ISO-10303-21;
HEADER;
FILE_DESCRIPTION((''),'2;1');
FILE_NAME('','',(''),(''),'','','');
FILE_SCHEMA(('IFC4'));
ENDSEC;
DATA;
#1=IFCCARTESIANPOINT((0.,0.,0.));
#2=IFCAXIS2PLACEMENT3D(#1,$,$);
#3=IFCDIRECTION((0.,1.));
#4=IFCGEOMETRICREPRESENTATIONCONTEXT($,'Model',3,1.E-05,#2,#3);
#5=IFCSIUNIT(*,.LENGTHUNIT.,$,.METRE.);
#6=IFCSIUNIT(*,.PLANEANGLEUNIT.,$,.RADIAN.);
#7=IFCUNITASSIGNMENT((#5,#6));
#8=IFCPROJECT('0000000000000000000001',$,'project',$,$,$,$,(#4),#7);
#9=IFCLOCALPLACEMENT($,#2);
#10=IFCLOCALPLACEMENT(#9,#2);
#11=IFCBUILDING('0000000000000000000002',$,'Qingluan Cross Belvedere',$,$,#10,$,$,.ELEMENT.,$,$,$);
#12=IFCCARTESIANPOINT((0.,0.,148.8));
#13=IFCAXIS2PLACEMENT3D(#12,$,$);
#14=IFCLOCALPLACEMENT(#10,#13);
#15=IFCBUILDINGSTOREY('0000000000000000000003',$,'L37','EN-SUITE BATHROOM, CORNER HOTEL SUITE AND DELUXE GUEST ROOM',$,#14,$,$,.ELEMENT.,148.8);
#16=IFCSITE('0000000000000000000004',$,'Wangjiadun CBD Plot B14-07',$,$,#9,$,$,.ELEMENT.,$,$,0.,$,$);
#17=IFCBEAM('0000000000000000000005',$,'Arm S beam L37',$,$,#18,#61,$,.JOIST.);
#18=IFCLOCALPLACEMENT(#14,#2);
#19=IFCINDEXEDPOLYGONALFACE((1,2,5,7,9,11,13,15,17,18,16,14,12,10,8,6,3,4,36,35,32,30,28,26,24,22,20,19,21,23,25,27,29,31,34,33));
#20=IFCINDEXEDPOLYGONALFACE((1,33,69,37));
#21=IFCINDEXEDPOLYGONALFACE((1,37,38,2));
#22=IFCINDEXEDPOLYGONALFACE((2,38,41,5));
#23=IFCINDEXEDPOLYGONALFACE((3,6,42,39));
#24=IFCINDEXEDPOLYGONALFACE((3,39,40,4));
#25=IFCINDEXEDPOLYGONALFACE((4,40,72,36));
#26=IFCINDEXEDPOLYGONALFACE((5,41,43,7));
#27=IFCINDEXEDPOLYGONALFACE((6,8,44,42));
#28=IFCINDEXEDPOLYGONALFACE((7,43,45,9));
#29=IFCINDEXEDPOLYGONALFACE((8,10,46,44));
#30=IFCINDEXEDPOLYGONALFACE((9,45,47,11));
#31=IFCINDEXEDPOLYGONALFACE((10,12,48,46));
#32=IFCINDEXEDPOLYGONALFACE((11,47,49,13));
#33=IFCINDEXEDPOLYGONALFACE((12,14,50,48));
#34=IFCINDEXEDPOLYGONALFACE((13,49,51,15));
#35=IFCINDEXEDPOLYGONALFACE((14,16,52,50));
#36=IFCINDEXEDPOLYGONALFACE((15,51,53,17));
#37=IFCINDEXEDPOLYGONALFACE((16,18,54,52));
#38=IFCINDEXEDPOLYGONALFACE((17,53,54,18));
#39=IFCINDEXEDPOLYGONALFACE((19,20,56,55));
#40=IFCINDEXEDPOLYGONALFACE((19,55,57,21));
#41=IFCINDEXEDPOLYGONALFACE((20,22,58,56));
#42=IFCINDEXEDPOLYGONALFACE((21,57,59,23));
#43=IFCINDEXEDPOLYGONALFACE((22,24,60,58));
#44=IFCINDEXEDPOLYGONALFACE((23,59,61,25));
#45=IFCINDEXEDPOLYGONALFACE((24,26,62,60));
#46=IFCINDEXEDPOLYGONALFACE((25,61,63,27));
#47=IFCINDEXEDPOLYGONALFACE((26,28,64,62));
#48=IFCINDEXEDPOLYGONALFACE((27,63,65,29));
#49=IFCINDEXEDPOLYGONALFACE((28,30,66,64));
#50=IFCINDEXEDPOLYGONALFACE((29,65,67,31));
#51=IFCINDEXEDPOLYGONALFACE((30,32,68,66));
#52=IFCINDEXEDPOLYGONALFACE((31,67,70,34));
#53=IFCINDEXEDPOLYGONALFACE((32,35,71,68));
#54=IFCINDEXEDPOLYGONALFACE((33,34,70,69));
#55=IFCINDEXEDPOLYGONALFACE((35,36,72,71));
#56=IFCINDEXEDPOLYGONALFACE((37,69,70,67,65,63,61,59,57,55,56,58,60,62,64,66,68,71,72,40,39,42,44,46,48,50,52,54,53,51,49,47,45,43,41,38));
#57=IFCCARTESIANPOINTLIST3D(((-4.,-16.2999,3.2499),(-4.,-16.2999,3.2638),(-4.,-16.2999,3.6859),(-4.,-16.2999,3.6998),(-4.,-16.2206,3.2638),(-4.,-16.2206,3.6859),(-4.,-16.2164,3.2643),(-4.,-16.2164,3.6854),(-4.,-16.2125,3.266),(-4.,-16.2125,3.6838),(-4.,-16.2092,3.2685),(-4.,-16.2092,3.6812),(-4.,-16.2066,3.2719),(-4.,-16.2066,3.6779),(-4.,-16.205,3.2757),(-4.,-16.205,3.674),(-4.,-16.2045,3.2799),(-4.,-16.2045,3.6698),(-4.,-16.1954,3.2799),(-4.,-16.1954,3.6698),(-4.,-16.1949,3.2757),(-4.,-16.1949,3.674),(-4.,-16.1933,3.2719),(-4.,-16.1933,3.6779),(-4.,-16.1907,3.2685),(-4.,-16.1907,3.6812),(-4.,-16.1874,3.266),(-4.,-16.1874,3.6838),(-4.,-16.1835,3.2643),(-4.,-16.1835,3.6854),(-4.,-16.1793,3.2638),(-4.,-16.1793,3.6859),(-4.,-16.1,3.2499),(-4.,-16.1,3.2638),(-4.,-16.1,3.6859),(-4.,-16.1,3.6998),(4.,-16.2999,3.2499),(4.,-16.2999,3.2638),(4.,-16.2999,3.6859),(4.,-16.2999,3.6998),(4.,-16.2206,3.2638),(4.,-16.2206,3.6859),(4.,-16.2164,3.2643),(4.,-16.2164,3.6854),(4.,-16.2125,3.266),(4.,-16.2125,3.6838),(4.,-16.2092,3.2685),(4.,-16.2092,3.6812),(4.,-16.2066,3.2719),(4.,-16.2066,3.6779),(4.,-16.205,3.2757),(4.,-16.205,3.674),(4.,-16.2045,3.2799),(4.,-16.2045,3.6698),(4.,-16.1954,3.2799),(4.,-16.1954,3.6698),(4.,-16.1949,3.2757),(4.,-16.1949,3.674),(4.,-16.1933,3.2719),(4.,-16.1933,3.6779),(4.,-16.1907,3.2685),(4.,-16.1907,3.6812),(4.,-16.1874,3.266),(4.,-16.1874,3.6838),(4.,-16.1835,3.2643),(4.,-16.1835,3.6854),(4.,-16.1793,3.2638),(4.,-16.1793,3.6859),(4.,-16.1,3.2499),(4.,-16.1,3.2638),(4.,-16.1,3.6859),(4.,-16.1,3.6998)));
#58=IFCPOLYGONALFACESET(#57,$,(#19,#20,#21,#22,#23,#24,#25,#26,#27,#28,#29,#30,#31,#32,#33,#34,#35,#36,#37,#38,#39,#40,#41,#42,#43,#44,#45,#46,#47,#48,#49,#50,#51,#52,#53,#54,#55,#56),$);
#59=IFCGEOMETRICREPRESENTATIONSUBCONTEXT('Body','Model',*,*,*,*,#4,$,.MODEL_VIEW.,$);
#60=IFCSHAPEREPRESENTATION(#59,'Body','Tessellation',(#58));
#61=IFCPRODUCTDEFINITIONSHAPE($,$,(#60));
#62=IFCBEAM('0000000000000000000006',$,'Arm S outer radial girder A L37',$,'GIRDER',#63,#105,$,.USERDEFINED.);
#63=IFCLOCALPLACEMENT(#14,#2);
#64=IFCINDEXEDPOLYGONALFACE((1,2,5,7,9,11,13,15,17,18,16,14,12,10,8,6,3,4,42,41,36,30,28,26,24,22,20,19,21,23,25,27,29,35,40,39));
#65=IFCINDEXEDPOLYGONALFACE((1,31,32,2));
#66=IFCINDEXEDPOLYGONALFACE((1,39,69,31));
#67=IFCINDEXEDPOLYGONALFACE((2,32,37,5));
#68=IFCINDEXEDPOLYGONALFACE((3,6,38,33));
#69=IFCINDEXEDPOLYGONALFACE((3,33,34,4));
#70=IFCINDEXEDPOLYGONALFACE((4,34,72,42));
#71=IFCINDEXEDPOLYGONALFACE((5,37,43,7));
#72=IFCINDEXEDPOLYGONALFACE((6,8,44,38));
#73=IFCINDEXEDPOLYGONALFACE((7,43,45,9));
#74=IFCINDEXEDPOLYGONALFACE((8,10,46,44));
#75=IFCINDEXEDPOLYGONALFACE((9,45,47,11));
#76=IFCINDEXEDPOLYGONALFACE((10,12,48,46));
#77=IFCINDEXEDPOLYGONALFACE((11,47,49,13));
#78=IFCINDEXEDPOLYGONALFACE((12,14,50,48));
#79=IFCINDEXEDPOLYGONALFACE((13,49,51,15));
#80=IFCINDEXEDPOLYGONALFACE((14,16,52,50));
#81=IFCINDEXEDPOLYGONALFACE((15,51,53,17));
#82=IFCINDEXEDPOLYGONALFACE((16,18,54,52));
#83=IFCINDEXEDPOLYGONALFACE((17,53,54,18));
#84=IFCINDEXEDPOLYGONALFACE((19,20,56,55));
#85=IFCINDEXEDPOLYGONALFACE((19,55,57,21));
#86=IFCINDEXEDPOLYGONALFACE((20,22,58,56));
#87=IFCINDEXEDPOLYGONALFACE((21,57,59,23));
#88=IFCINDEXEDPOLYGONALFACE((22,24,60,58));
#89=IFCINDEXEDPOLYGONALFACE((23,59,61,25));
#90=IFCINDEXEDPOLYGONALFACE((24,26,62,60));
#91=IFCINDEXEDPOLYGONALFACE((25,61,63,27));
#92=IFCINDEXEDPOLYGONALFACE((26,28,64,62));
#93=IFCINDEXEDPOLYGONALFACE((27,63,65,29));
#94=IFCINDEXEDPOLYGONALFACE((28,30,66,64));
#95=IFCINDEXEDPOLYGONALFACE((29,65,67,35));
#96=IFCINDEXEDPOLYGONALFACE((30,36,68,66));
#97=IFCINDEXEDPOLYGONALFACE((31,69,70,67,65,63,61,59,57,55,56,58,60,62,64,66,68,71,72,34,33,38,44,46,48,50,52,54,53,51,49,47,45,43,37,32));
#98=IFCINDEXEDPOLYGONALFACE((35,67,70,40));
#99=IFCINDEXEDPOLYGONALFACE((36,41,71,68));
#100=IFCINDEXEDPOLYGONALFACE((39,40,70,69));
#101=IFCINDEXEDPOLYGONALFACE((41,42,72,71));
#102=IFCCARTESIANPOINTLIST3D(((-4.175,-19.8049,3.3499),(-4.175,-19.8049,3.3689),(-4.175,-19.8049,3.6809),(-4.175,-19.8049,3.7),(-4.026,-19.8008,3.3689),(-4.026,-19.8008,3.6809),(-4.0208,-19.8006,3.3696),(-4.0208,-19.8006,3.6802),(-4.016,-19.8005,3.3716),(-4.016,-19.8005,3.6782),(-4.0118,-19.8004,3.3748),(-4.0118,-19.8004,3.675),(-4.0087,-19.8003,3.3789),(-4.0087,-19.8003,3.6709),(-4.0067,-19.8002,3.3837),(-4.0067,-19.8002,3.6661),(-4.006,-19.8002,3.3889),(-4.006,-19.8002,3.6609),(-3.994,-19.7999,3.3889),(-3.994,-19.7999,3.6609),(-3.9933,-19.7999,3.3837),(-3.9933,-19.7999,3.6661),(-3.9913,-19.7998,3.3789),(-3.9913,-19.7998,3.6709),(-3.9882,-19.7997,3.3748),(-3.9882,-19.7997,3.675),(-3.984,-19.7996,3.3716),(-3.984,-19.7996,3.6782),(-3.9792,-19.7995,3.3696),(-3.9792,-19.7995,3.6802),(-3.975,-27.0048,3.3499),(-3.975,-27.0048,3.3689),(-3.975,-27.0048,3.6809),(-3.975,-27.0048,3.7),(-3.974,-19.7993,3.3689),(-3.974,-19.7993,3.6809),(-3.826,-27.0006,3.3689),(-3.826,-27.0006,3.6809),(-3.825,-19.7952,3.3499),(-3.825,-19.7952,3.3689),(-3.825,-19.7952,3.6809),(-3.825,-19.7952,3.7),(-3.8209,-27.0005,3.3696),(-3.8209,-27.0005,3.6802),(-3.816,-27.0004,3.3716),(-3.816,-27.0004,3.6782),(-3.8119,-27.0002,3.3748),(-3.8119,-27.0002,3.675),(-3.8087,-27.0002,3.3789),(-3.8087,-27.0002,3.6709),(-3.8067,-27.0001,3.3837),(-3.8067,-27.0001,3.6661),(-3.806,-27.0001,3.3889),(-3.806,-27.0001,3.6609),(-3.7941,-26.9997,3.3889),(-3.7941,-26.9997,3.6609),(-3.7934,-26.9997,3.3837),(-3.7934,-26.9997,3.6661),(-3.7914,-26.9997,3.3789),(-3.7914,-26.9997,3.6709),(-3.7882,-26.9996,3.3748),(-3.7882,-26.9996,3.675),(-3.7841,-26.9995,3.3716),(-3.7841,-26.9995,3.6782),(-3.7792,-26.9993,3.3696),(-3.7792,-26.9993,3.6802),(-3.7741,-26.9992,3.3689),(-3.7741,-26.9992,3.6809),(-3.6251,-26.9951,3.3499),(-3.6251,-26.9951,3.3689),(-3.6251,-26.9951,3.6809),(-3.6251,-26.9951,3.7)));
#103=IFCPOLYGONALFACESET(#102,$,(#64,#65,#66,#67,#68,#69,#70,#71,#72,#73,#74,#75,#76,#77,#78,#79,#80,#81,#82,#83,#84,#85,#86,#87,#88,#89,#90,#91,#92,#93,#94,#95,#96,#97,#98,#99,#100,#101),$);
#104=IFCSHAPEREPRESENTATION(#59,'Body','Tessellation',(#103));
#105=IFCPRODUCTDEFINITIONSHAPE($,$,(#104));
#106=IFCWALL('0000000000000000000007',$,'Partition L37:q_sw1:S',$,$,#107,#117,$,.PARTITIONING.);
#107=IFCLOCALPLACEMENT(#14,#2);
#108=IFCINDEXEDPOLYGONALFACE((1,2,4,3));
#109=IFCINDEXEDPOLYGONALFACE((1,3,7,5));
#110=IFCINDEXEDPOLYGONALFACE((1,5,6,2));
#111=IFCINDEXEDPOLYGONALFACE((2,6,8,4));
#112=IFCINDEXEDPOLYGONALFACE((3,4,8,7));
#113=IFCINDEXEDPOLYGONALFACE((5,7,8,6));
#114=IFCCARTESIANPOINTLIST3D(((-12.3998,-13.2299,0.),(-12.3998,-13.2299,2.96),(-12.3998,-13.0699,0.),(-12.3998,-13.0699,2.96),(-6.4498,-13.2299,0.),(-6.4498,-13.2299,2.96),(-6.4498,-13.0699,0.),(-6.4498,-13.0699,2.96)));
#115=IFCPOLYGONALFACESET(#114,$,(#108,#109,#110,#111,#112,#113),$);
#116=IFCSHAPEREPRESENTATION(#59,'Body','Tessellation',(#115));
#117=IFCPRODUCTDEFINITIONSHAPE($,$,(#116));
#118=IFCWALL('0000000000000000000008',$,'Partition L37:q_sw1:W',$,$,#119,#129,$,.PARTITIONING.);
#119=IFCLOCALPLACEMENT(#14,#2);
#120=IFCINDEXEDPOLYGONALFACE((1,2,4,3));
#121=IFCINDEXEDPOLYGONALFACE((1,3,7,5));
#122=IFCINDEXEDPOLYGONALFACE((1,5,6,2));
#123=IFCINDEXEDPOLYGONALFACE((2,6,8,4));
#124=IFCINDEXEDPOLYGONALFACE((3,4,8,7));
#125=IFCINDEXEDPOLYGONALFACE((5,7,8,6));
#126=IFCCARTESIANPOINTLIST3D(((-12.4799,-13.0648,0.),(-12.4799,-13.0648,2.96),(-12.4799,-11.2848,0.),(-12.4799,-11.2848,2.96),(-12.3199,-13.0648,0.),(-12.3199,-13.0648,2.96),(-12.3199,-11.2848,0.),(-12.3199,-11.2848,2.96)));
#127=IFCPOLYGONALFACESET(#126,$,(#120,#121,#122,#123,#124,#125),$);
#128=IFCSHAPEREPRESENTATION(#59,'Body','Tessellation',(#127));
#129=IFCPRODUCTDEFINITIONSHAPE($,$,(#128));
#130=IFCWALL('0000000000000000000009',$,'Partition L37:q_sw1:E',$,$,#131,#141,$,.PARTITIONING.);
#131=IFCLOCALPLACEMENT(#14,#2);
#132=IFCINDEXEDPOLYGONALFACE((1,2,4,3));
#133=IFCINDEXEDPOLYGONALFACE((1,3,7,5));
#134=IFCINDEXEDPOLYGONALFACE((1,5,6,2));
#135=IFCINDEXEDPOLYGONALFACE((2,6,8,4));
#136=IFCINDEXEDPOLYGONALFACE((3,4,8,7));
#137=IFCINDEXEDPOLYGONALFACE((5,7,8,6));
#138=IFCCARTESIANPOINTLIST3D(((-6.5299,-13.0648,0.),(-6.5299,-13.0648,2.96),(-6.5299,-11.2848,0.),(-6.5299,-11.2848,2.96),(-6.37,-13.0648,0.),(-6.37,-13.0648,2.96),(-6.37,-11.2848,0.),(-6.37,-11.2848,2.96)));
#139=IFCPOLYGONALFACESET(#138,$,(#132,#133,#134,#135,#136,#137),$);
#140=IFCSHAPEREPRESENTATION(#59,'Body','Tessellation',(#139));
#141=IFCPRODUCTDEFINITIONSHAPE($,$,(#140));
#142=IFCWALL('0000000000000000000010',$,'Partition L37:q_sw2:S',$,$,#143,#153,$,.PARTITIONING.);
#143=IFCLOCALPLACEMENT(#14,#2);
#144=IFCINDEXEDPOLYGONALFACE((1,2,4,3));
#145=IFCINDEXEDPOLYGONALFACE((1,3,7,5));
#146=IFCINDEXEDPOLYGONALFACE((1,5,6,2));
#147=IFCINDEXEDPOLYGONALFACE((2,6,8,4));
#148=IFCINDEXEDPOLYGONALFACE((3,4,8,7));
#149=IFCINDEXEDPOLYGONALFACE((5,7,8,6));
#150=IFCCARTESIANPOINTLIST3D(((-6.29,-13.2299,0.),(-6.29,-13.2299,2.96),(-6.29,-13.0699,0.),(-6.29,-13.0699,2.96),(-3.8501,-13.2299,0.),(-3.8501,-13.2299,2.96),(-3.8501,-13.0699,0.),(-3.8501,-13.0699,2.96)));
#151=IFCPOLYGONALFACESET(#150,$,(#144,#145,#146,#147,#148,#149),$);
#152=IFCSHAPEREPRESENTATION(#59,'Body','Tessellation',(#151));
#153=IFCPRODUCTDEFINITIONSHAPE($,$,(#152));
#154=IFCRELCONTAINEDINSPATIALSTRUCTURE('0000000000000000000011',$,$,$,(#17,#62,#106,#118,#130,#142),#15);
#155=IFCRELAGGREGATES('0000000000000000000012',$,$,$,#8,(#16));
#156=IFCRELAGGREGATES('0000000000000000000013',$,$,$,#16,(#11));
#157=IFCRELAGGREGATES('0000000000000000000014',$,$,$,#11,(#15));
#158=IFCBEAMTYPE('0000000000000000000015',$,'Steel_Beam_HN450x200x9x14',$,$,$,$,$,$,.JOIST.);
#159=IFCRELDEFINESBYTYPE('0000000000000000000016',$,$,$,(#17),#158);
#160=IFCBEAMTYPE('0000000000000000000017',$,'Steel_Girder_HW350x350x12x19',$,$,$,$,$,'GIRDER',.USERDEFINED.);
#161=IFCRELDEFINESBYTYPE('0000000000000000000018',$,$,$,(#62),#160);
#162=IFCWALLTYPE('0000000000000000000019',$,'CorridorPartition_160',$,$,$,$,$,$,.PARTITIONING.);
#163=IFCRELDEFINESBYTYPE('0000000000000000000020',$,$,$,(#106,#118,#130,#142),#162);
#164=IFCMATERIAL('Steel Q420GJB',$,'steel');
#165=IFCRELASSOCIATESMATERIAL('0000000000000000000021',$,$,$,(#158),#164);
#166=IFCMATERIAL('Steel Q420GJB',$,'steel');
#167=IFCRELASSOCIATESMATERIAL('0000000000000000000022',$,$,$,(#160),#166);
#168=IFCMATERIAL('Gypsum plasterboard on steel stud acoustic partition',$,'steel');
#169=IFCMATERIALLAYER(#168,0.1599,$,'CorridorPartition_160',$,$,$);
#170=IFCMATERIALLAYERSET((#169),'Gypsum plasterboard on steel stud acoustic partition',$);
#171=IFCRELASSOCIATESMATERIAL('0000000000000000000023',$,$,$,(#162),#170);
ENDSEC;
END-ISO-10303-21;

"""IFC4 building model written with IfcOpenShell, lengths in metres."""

from ifc_helpers import new_model, si_unit, direction, frame, frame_2d, origin, origin_2d, place, context, subcontext, project, spatial, rectangle, i_section, extrude, material, layer, layer_set, material_profile, profile_set, type_object, element, save


model = new_model("IFC4")

# Units and contexts
model_context = context("Model", 3, precision=1e-05, world=origin(), true_north=direction((0.0, 1.0)))
body_context = subcontext(model_context, "Body", "Model", "MODEL_VIEW")
ifc_project = project(units=[si_unit("LENGTHUNIT", "METRE"), si_unit("PLANEANGLEUNIT", "RADIAN")], contexts=[model_context])

# Site, building, storey
site_placement = place(None, origin())
site = spatial("IfcSite", under=ifc_project, at=site_placement, Name="Wangjiadun CBD Plot B14-07", CompositionType="ELEMENT", RefElevation=0.0)
building_placement = place(site_placement, origin())
building = spatial("IfcBuilding", under=site, at=building_placement, Name="Qingluan Cross Belvedere", CompositionType="ELEMENT")
storey_placement = place(building_placement, frame((0.0, 0.0, 148.8)))
storey = spatial("IfcBuildingStorey", under=building, at=storey_placement, Name="L37", Description="EN-SUITE BATHROOM, CORNER HOTEL SUITE AND DELUXE GUEST ROOM", CompositionType="ELEMENT", Elevation=148.8)

# Beams
ifc_material_1 = material(Name="Steel Q420GJB", Category="steel")
ifc_material_profile_1 = material_profile(ifc_material_1, i_section(OverallWidth=0.2, OverallDepth=0.45, WebThickness=0.009, FlangeThickness=0.0139, FilletRadius=0.0161, at=origin_2d()), Name="HN450x200x9x14")
ifc_profile_set_1 = profile_set([ifc_material_profile_1], Name="Steel Q420GJB")
beam_type_1 = type_object("IfcBeamType", Name="Steel_Beam_HN450x200x9x14", PredefinedType="JOIST", material=ifc_profile_set_1)
for number, where, z_axis, x_axis, name in (
    (1, (-4.0, -16.2, 3.4749), (1.0, 0.0, 0.0), (0.0, 1.0, 0.0), "Arm S beam L37"),
):
    element("IfcBeam", number, at=place(storey_placement, frame(where, z_axis=z_axis, x_axis=x_axis)), inside=storey, type_object=beam_type_1, Name=name, PredefinedType="JOIST", context=body_context, shape_type="SweptSolid", body=[
        extrude(i_section(OverallWidth=0.2, OverallDepth=0.45, WebThickness=0.009, FlangeThickness=0.0139, FilletRadius=0.0161, at=origin_2d()), origin(), (0.0, 0.0, 1.0), 8.0),
    ])
ifc_material_2 = material(Name="Steel Q420GJB", Category="steel")
ifc_material_profile_2 = material_profile(ifc_material_2, i_section(OverallWidth=0.3501, OverallDepth=0.3501, WebThickness=0.012, FlangeThickness=0.019, FilletRadius=0.02, at=origin_2d()), Name="HW350x350x12x19")
ifc_profile_set_2 = profile_set([ifc_material_profile_2], Name="Steel Q420GJB")
beam_type_2 = type_object("IfcBeamType", Name="Steel_Girder_HW350x350x12x19", ElementType="GIRDER", PredefinedType="USERDEFINED", material=ifc_profile_set_2)
beam_placement = place(storey_placement, frame((-4.0, -19.8, 3.5249), z_axis=(0.02776, -0.999615, 0.0), x_axis=(0.999615, 0.02776, 0.0)))
element("IfcBeam", 2, at=beam_placement, inside=storey, type_object=beam_type_2, Name="Arm S outer radial girder A L37", ObjectType="GIRDER", PredefinedType="USERDEFINED", context=body_context, shape_type="SweptSolid", body=[
    extrude(i_section(OverallWidth=0.3501, OverallDepth=0.3501, WebThickness=0.012, FlangeThickness=0.019, FilletRadius=0.02, at=origin_2d()), origin(), (0.0, 0.0, 1.0), 7.2026),
])

# Walls
ifc_material_3 = material(Name="Gypsum plasterboard on steel stud acoustic partition", Category="steel")
ifc_layer_1 = layer(ifc_material_3, 0.1599, Name="CorridorPartition_160")
ifc_layer_set_1 = layer_set([ifc_layer_1], Name="Gypsum plasterboard on steel stud acoustic partition")
wall_type_1 = type_object("IfcWallType", Name="CorridorPartition_160", PredefinedType="PARTITIONING", material=ifc_layer_set_1)
wall_1_placement = place(storey_placement, frame((-12.3999, -13.1499, 0.0), z_axis=(0.0, 0.0, 1.0), x_axis=(1.0, 0.0, 0.0)))
element("IfcWall", 3, at=wall_1_placement, inside=storey, type_object=wall_type_1, Name="Partition L37:q_sw1:S", PredefinedType="PARTITIONING", context=body_context, shape_type="SweptSolid", body=[
    extrude(rectangle(XDim=5.95, YDim=0.1599, at=frame_2d((2.9751, 0.0))), origin(), (0.0, 0.0, 1.0), 2.96),
])
for number, where, z_axis, x_axis, name in (
    (4, (-12.3999, -13.0649, 0.0), (0.0, 0.0, 1.0), (0.0, 1.0, 0.0), "Partition L37:q_sw1:W"),
    (5, (-6.45, -13.0649, 0.0), (0.0, 0.0, 1.0), (0.0, 1.0, 0.0), "Partition L37:q_sw1:E"),
):
    element("IfcWall", number, at=place(storey_placement, frame(where, z_axis=z_axis, x_axis=x_axis)), inside=storey, type_object=wall_type_1, Name=name, PredefinedType="PARTITIONING", context=body_context, shape_type="SweptSolid", body=[
        extrude(rectangle(XDim=1.78, YDim=0.1599, at=frame_2d((0.8901, 0.0))), origin(), (0.0, 0.0, 1.0), 2.96),
    ])
wall_2_placement = place(storey_placement, frame((-6.29, -13.1499, 0.0), z_axis=(0.0, 0.0, 1.0), x_axis=(1.0, 0.0, 0.0)))
element("IfcWall", 6, at=wall_2_placement, inside=storey, type_object=wall_type_1, Name="Partition L37:q_sw2:S", PredefinedType="PARTITIONING", context=body_context, shape_type="SweptSolid", body=[
    extrude(rectangle(XDim=2.4399, YDim=0.1599, at=frame_2d((1.22, 0.0))), origin(), (0.0, 0.0, 1.0), 2.96),
])

save(model, "model.ifc")
